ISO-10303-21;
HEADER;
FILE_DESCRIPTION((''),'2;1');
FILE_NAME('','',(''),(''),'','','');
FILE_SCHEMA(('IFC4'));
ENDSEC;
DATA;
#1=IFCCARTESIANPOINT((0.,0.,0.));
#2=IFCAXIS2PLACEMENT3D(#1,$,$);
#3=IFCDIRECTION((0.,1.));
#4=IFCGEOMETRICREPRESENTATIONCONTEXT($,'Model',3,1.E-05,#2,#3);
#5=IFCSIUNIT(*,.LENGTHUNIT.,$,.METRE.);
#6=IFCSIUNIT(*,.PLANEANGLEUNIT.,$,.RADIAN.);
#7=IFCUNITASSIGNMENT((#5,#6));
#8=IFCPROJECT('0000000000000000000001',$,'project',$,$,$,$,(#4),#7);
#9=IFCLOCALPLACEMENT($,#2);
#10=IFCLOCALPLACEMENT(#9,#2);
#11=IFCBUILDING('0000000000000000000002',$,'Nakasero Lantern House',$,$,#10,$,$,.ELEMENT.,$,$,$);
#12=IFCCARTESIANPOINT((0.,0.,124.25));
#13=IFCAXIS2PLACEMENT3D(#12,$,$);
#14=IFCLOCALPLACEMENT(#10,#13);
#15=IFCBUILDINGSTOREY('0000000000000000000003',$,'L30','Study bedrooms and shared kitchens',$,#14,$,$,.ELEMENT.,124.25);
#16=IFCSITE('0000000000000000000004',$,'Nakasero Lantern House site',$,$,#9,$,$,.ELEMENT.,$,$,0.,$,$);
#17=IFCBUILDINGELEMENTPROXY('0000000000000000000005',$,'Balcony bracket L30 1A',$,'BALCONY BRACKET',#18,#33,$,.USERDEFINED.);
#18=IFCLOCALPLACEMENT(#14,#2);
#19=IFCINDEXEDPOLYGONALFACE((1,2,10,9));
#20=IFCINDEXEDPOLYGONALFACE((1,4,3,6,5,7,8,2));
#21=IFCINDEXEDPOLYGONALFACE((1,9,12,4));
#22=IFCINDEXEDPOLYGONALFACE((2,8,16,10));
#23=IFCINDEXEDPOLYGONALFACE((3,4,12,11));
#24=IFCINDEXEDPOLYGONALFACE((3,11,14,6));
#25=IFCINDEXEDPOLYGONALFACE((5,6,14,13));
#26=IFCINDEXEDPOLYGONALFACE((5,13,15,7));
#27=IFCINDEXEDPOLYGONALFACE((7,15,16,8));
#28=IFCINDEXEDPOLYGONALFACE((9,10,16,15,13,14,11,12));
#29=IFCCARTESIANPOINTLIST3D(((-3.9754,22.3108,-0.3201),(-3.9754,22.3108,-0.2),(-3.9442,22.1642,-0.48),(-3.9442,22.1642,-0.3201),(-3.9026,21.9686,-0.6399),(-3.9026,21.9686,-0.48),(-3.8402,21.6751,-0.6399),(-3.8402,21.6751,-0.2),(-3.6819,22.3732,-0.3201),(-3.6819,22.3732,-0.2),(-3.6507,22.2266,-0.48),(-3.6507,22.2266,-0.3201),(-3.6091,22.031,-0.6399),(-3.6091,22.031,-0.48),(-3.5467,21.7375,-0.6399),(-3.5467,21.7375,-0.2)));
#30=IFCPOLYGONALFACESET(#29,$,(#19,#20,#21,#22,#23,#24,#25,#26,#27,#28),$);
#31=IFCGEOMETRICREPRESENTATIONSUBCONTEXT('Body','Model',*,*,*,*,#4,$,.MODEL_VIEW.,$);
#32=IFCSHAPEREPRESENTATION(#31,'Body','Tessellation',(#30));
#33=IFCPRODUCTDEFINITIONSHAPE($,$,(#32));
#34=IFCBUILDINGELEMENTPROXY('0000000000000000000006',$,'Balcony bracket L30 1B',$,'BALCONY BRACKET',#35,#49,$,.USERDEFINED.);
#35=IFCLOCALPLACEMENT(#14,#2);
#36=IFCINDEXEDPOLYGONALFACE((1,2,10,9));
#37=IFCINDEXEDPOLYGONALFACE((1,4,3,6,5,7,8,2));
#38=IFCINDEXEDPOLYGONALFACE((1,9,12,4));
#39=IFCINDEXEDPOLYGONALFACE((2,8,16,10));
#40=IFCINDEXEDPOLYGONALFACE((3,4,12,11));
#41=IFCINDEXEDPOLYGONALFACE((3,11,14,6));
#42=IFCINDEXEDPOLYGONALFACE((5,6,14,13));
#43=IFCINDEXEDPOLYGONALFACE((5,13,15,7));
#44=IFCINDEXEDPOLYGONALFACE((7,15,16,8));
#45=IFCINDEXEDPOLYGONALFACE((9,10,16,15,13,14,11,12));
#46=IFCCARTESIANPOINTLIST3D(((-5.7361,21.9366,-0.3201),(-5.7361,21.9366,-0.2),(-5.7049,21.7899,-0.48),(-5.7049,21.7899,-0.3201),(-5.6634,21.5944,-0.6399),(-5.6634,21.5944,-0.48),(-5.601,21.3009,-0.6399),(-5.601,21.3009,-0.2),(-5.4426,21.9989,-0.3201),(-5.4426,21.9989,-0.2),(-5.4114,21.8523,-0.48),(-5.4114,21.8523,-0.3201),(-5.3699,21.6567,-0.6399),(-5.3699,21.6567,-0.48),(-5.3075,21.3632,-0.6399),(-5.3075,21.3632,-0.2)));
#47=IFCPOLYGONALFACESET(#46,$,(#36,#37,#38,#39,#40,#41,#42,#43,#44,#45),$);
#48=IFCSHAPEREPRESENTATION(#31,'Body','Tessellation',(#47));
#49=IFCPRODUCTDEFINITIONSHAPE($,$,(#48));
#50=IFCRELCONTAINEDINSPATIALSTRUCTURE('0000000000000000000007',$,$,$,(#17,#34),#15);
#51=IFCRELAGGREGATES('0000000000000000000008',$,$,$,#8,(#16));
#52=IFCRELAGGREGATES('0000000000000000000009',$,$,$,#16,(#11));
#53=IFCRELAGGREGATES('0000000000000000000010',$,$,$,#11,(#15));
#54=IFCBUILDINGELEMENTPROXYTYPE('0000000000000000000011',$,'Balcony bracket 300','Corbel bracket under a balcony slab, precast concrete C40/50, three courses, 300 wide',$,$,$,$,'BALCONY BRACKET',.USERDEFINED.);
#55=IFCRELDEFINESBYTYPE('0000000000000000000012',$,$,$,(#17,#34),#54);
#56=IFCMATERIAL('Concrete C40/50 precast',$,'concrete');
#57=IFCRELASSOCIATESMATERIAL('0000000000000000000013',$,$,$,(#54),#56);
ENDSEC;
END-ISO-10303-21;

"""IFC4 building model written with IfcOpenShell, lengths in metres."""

from ifc_helpers import new_model, si_unit, direction, frame, origin, place, context, subcontext, project, spatial, polyline, outline, extrude, material, type_object, element, save


model = new_model("IFC4")

# Units and contexts
model_context = context("Model", 3, precision=1e-05, world=origin(), true_north=direction((0.0, 1.0)))
body_context = subcontext(model_context, "Body", "Model", "MODEL_VIEW")
ifc_project = project(units=[si_unit("LENGTHUNIT", "METRE"), si_unit("PLANEANGLEUNIT", "RADIAN")], contexts=[model_context])

# Site, building, storey
site_placement = place(None, origin())
site = spatial("IfcSite", under=ifc_project, at=site_placement, Name="Nakasero Lantern House site", CompositionType="ELEMENT", RefElevation=0.0)
building_placement = place(site_placement, origin())
building = spatial("IfcBuilding", under=site, at=building_placement, Name="Nakasero Lantern House", CompositionType="ELEMENT")
storey_placement = place(building_placement, frame((0.0, 0.0, 124.25)))
storey = spatial("IfcBuildingStorey", under=building, at=storey_placement, Name="L30", Description="Study bedrooms and shared kitchens", CompositionType="ELEMENT", Elevation=124.25)

# Building element proxies
ifc_material_1 = material(Name="Concrete C40/50 precast", Category="concrete")
building_element_proxy_type = type_object("IfcBuildingElementProxyType", Name="Balcony bracket 300", Description="Corbel bracket under a balcony slab, precast concrete C40/50, three courses, 300 wide", ElementType="BALCONY BRACKET", PredefinedType="USERDEFINED", material=ifc_material_1)
for number, where, z_axis, x_axis, name in (
    (1, (-3.6936, 21.7063, -0.2), (0.0, 0.0, 1.0), (-0.207912, 0.978148, 0.0), "Balcony bracket L30 1A"),
    (2, (-5.4543, 21.332, -0.2), (0.0, 0.0, 1.0), (-0.207912, 0.978148, 0.0), "Balcony bracket L30 1B"),
):
    element("IfcBuildingElementProxy", number, at=place(storey_placement, frame(where, z_axis=z_axis, x_axis=x_axis)), inside=storey, type_object=building_element_proxy_type, Name=name, ObjectType="BALCONY BRACKET", PredefinedType="USERDEFINED", context=body_context, shape_type="SweptSolid", body=[
        extrude(outline(polyline([(0.0, 0.0), (0.6499, 0.0), (0.6499, -0.1201), (0.5, -0.1201), (0.5, -0.28), (0.3, -0.28), (0.3, -0.4399), (0.0, -0.4399), (0.0, 0.0)])), frame((0.0, 0.1499, 0.0), z_axis=(0.0, -1.0, 0.0), x_axis=(1.0, 0.0, 0.0)), (0.0, 0.0, 1.0), 0.3),
    ])

save(model, "model.ifc")
